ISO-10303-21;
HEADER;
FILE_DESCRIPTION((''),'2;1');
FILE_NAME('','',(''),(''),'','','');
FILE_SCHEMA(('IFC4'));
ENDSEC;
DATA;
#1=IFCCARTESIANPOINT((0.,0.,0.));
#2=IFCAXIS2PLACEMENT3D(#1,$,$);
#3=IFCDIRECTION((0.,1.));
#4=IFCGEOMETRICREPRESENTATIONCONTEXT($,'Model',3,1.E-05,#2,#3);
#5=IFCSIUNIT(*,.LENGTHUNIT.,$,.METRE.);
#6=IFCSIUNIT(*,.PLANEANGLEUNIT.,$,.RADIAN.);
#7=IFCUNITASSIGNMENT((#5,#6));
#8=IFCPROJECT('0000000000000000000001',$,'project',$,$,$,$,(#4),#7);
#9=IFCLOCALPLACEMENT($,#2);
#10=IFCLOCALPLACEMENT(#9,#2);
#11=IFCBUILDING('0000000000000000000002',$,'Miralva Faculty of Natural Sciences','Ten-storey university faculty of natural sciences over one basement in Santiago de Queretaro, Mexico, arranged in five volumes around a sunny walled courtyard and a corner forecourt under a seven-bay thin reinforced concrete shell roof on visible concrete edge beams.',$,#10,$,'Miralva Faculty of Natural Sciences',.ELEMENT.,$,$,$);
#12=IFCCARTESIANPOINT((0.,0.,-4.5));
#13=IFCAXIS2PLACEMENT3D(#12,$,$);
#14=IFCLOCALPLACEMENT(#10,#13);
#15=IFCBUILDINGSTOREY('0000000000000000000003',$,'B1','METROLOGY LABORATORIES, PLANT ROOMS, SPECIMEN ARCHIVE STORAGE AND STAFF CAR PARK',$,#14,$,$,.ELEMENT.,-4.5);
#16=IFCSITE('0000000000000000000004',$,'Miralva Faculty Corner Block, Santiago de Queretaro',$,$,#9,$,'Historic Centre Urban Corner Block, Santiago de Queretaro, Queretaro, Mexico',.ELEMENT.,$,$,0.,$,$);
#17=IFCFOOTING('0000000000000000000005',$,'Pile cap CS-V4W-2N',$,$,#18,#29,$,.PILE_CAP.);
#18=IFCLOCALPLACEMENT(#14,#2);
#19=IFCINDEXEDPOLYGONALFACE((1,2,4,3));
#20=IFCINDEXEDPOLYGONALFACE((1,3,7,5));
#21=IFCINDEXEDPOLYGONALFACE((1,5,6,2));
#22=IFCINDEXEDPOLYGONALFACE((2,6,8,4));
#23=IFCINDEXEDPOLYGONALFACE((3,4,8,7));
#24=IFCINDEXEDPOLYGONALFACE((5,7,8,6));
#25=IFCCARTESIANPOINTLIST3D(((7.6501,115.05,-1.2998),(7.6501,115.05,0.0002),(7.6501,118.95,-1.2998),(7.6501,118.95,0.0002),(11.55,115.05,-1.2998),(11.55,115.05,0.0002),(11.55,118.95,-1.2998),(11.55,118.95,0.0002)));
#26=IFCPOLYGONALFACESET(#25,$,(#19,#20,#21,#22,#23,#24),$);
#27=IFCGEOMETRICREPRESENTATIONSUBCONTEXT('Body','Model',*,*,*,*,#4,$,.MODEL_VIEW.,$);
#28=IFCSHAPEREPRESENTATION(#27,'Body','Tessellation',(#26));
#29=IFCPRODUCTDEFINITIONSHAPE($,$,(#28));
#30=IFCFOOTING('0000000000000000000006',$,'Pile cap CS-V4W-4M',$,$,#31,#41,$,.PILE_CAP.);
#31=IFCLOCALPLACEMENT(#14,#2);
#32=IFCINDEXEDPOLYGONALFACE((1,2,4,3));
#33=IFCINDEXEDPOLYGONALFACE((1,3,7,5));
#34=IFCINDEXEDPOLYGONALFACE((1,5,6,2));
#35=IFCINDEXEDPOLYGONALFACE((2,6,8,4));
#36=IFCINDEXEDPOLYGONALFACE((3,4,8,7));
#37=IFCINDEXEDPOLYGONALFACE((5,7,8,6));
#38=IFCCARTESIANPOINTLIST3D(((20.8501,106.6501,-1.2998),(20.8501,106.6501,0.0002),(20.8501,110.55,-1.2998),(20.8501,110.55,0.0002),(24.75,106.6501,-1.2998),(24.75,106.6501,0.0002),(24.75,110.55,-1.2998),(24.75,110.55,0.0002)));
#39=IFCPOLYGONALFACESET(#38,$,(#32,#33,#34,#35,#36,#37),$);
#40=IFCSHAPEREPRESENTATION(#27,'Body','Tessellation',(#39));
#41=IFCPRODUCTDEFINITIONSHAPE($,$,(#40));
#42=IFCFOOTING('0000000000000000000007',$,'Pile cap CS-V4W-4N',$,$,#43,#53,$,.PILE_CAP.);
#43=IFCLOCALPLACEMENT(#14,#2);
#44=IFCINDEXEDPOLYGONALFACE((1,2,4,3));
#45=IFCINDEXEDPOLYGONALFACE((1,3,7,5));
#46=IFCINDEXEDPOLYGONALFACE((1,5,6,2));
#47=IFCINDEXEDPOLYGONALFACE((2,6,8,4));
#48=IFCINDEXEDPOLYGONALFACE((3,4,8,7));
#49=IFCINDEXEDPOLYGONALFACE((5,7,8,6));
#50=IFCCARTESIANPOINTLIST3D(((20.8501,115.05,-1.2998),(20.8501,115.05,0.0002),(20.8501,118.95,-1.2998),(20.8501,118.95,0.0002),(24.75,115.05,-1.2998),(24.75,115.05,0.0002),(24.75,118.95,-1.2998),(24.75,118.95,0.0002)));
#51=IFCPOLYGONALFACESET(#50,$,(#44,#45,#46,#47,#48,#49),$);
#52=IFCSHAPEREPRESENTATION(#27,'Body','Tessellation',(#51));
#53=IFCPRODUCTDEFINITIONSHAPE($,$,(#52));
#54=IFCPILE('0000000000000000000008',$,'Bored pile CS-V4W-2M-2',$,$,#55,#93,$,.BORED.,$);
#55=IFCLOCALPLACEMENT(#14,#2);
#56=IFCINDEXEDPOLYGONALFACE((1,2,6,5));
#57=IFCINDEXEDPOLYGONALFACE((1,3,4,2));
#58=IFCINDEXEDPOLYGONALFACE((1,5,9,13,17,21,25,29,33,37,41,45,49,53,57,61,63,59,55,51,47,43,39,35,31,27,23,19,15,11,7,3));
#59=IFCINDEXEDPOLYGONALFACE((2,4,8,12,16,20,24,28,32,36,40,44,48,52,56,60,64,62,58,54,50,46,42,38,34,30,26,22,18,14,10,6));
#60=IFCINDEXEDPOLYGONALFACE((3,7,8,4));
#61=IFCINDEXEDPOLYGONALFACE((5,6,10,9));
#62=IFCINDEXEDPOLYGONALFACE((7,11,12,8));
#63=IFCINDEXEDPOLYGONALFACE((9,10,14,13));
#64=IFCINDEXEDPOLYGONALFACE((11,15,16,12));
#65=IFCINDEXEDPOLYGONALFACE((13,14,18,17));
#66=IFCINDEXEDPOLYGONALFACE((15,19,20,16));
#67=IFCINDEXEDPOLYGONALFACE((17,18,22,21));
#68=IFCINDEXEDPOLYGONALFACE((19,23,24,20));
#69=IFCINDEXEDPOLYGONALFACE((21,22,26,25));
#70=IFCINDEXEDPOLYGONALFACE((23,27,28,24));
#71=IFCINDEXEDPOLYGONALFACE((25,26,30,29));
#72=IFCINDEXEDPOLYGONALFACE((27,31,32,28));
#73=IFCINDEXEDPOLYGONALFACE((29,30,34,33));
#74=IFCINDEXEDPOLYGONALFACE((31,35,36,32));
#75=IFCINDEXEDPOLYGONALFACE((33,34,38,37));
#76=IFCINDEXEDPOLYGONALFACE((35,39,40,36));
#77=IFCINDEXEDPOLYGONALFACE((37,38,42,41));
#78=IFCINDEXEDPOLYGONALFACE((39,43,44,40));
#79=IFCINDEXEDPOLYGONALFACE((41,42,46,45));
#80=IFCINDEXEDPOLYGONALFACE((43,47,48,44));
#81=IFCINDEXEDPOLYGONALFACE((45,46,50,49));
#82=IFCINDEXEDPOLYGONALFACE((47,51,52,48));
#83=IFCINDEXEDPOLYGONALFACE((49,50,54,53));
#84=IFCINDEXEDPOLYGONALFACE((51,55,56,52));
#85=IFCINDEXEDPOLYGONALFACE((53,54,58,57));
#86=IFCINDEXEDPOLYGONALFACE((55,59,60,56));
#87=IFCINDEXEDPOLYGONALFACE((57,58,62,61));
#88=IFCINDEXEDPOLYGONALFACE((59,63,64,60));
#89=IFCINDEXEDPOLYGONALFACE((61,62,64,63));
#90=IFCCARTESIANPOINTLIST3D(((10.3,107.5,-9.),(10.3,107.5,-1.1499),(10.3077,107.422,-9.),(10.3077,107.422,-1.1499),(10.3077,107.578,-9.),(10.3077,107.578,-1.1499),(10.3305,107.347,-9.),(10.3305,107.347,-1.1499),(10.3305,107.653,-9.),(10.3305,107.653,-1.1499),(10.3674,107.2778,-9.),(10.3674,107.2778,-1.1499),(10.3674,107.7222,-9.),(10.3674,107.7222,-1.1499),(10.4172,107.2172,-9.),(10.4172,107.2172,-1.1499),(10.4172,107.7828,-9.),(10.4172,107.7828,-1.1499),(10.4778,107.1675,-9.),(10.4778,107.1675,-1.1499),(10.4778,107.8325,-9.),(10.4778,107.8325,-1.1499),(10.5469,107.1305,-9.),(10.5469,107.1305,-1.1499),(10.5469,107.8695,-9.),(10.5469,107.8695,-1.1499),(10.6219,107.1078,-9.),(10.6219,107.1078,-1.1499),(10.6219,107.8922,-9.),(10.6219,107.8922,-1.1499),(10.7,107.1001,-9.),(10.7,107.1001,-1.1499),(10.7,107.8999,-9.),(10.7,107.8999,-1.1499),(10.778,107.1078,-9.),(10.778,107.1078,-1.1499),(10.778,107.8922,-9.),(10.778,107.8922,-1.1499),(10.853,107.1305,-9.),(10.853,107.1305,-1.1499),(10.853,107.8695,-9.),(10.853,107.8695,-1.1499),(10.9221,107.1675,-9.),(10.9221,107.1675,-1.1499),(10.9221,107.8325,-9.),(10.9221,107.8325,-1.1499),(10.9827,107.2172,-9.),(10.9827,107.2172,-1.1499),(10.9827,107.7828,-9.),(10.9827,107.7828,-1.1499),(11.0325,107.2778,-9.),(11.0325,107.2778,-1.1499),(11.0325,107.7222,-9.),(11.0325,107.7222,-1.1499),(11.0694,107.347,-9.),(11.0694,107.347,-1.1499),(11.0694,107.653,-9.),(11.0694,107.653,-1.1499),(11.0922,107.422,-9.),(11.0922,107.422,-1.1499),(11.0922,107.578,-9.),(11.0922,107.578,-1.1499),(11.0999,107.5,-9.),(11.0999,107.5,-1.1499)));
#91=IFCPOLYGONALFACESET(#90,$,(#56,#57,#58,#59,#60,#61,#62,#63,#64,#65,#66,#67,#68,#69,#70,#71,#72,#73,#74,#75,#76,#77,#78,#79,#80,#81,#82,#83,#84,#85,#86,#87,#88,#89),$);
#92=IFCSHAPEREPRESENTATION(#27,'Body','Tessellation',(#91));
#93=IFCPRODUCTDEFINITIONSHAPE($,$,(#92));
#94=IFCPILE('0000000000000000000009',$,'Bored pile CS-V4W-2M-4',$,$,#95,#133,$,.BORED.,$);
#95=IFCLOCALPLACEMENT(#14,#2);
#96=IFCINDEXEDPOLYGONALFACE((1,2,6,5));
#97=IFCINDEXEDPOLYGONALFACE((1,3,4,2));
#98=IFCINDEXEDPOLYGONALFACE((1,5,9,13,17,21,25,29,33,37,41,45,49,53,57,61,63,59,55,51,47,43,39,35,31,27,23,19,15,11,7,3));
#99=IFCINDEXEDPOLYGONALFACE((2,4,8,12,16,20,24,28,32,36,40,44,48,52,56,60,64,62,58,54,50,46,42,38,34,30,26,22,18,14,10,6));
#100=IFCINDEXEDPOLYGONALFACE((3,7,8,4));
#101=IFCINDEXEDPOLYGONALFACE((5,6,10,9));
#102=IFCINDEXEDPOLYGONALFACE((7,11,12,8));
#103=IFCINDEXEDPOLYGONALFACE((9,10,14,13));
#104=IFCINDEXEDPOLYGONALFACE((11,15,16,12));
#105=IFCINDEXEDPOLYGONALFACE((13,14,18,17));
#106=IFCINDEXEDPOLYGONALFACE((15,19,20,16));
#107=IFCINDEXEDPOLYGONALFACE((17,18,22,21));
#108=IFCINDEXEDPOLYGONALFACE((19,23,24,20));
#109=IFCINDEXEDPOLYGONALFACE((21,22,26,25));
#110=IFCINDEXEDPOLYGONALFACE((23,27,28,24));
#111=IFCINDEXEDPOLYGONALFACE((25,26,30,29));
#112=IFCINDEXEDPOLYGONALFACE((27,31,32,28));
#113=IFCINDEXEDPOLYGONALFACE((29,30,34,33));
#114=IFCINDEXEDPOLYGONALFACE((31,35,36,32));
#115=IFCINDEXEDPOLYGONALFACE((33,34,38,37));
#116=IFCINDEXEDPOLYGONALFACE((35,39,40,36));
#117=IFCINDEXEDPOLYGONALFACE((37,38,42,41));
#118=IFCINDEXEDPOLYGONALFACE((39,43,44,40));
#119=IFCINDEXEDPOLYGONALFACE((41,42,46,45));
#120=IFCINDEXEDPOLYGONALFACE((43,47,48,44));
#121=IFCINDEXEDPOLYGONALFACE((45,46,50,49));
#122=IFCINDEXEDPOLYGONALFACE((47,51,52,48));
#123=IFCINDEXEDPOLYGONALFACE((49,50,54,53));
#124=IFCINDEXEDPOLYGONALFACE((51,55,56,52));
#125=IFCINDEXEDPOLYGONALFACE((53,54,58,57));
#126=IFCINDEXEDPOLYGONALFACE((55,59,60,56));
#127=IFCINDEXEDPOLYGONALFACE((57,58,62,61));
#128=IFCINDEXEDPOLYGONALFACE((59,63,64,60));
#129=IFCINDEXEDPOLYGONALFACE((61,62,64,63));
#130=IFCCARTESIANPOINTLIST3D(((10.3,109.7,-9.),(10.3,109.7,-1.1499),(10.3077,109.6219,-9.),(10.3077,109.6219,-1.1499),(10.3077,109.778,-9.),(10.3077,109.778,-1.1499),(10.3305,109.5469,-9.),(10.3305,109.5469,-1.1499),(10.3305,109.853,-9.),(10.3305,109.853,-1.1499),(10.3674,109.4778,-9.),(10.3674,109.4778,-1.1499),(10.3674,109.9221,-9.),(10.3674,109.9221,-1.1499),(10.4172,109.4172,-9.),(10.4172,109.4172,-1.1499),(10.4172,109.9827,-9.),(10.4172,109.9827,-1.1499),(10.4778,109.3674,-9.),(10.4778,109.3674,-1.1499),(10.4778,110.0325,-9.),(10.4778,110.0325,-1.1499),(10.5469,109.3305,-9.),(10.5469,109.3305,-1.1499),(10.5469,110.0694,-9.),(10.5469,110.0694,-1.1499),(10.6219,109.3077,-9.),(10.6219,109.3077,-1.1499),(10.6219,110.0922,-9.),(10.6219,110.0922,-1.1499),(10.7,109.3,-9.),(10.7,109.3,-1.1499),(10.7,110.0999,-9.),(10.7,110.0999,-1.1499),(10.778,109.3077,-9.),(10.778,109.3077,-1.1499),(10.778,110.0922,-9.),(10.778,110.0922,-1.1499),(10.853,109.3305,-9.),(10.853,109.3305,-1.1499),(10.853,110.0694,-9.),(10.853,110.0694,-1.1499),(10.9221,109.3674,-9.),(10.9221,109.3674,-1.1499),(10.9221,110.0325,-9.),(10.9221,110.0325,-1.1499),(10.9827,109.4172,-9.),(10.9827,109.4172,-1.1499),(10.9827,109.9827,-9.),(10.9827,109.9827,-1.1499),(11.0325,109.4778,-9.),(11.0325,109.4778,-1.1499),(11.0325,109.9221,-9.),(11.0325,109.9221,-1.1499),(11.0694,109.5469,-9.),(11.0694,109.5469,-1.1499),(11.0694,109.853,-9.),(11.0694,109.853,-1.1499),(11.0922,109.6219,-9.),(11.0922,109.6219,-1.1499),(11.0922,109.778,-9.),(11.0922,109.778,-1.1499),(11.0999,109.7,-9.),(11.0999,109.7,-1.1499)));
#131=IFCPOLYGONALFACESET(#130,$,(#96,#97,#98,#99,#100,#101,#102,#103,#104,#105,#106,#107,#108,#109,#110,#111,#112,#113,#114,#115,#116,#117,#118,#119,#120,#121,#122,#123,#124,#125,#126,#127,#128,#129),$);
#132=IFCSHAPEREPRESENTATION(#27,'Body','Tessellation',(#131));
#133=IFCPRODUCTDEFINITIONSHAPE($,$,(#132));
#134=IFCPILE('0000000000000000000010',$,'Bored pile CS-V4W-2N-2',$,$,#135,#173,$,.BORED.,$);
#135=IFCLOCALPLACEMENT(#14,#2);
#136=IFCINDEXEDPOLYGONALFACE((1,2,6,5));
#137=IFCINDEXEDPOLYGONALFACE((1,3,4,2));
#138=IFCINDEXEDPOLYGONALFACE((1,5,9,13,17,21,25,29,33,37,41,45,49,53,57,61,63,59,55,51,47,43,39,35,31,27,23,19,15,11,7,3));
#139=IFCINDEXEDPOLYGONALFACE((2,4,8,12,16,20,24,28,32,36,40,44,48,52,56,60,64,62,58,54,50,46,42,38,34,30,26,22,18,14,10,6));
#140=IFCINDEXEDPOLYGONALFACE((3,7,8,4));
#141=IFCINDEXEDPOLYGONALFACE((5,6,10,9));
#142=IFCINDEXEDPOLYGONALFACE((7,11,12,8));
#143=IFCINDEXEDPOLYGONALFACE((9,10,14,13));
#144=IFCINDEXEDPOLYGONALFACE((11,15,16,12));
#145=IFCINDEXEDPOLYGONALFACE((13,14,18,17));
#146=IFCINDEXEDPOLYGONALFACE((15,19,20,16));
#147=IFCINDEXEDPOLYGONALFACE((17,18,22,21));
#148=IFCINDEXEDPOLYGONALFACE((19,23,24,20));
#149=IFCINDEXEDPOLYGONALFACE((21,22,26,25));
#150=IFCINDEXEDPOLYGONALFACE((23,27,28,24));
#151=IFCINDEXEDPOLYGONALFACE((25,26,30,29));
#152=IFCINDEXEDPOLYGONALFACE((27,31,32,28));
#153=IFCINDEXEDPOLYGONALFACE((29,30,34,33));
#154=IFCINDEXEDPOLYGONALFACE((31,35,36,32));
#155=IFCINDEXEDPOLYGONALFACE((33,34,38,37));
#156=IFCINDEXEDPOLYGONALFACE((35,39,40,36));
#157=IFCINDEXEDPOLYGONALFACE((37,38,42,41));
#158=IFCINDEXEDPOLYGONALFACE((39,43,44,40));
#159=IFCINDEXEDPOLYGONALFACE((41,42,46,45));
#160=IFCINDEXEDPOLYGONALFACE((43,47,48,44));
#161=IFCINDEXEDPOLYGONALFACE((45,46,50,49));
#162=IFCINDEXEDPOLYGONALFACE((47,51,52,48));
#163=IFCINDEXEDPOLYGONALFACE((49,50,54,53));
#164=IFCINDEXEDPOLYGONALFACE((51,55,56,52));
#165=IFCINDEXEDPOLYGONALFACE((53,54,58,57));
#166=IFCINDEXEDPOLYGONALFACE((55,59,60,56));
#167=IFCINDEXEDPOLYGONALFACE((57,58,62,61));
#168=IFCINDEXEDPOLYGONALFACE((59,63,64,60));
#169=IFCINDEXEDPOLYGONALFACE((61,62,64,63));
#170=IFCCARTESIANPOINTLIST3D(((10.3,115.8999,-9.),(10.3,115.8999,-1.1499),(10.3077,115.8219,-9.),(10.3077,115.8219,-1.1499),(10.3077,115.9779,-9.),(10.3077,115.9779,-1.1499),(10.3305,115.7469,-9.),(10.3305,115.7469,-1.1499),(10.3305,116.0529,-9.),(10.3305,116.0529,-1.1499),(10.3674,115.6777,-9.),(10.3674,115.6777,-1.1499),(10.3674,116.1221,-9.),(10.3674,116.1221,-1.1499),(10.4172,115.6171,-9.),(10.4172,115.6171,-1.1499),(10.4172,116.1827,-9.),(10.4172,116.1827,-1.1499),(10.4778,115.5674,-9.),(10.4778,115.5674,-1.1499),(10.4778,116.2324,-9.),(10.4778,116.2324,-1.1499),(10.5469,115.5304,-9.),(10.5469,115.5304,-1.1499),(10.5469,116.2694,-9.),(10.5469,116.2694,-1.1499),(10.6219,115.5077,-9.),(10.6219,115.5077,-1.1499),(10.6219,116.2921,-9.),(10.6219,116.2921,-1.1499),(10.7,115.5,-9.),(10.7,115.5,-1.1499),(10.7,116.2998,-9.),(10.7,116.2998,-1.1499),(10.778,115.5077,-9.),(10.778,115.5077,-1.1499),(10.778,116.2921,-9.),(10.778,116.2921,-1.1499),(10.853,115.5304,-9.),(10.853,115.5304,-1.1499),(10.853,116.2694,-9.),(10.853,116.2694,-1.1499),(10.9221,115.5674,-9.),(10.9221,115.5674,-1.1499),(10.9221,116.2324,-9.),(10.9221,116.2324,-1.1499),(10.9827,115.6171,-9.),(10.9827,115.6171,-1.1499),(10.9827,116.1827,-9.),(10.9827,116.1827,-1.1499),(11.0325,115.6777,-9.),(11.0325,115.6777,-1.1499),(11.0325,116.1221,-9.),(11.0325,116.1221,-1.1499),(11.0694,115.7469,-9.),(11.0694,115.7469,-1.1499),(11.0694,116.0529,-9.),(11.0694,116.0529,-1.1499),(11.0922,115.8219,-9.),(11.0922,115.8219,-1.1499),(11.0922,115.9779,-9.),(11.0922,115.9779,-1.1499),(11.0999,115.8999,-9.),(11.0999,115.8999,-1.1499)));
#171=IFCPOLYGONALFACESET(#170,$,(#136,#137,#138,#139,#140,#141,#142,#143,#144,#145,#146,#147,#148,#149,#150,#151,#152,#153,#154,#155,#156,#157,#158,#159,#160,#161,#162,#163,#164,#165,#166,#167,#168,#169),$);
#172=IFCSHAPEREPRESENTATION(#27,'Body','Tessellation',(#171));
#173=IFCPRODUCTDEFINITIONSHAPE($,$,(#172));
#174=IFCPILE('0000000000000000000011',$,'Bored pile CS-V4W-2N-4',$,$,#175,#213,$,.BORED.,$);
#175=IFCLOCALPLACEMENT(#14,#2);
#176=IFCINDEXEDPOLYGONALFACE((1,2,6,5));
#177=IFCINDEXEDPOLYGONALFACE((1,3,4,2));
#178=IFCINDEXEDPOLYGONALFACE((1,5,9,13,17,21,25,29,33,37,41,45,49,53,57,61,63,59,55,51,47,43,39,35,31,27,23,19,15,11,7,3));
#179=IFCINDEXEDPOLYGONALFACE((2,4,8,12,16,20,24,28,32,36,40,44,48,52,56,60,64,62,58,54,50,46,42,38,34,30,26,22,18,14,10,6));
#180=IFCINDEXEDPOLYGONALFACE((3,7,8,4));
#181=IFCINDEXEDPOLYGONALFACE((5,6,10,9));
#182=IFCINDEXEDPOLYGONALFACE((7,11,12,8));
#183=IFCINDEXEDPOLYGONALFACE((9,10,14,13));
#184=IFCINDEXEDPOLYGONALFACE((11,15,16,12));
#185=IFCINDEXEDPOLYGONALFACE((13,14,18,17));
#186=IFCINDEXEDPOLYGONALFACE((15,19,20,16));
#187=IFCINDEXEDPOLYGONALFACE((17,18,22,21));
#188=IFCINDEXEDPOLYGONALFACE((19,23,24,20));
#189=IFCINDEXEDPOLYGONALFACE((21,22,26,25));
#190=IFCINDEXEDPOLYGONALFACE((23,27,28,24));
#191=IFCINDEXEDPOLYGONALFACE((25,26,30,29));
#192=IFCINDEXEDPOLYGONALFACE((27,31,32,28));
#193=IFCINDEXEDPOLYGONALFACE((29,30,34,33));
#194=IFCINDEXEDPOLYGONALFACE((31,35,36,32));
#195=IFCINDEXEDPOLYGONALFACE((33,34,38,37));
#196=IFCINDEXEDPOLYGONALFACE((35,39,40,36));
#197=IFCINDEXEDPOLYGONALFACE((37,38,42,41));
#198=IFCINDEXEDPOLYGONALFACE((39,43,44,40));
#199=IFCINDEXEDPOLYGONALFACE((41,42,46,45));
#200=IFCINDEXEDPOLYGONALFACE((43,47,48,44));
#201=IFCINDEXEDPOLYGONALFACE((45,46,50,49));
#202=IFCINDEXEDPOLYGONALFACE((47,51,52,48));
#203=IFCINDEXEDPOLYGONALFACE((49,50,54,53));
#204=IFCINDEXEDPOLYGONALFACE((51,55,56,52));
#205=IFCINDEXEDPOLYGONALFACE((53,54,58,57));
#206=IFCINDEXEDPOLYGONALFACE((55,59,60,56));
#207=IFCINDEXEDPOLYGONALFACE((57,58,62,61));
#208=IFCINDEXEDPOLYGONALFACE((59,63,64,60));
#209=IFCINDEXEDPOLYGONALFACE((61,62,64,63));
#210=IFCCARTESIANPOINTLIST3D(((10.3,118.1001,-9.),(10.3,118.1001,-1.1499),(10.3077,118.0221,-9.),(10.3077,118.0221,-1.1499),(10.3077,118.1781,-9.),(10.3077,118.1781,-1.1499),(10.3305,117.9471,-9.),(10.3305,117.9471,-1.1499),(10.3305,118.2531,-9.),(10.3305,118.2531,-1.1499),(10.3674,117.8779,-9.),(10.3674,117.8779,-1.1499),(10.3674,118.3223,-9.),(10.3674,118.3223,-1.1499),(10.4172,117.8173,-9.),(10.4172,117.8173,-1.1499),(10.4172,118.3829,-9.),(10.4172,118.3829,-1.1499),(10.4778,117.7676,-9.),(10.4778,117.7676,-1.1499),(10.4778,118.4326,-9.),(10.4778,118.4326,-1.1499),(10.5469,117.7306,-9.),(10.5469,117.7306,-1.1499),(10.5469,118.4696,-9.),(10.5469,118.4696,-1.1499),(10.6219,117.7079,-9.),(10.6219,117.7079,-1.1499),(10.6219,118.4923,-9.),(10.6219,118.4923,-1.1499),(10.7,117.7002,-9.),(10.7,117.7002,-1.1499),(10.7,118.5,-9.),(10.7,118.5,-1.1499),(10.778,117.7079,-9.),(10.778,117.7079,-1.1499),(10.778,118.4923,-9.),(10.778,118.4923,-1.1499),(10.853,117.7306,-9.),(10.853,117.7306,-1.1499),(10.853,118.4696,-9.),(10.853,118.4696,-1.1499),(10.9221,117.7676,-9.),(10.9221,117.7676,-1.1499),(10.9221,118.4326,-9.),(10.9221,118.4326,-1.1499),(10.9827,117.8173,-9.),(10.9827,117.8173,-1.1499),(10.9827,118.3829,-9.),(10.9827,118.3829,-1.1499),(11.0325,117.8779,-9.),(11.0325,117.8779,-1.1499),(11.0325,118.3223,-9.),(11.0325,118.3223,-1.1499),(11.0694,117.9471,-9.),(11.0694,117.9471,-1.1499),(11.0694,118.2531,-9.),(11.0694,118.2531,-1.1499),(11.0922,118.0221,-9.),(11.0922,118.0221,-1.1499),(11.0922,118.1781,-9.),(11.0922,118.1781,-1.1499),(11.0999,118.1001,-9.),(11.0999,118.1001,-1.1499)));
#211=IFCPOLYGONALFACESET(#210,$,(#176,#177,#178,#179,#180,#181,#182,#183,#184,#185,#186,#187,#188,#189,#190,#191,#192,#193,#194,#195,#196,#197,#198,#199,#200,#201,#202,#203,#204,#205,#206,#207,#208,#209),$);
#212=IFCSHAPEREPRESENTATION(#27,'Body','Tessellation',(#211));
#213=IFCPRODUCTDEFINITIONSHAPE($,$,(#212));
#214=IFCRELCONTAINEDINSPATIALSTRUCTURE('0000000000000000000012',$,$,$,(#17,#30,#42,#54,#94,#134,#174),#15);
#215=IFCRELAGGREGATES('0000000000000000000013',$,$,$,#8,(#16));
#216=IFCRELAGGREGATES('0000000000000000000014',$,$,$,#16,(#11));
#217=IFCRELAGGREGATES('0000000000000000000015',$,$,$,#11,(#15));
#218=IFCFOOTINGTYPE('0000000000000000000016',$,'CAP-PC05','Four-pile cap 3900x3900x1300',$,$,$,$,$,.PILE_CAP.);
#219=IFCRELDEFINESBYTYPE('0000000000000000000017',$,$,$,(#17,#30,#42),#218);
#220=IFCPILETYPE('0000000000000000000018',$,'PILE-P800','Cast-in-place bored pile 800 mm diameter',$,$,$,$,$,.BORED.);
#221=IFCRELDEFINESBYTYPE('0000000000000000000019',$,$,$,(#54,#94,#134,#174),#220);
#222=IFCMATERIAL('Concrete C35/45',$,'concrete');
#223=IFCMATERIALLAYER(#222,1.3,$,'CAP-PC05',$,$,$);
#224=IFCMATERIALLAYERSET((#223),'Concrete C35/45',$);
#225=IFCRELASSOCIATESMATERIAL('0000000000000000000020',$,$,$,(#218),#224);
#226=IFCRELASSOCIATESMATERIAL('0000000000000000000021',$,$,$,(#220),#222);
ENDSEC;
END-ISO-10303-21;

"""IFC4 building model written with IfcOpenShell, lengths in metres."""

from ifc_helpers import new_model, si_unit, direction, frame, origin, origin_2d, place, context, subcontext, project, spatial, rectangle, circle, extrude, material, layer, layer_set, material_profile, profile_set, type_object, element, save


model = new_model("IFC4")

# Units and contexts
model_context = context("Model", 3, precision=1e-05, world=origin(), true_north=direction((0.0, 1.0)))
body_context = subcontext(model_context, "Body", "Model", "MODEL_VIEW")
ifc_project = project(units=[si_unit("LENGTHUNIT", "METRE"), si_unit("PLANEANGLEUNIT", "RADIAN")], contexts=[model_context])

# Site, building, storey
site_placement = place(None, origin())
site = spatial("IfcSite", under=ifc_project, at=site_placement, Name="Miralva Faculty Corner Block, Santiago de Queretaro", LongName="Historic Centre Urban Corner Block, Santiago de Queretaro, Queretaro, Mexico", CompositionType="ELEMENT", RefElevation=0.0)
building_placement = place(site_placement, origin())
building = spatial("IfcBuilding", under=site, at=building_placement, Name="Miralva Faculty of Natural Sciences", Description="Ten-storey university faculty of natural sciences over one basement in Santiago de Queretaro, Mexico, arranged in five volumes around a sunny walled courtyard and a corner forecourt under a seven-bay thin reinforced concrete shell roof on visible concrete edge beams.", LongName="Miralva Faculty of Natural Sciences", CompositionType="ELEMENT")
storey_placement = place(building_placement, frame((0.0, 0.0, -4.5)))
storey = spatial("IfcBuildingStorey", under=building, at=storey_placement, Name="B1", Description="METROLOGY LABORATORIES, PLANT ROOMS, SPECIMEN ARCHIVE STORAGE AND STAFF CAR PARK", CompositionType="ELEMENT", Elevation=-4.5)

# Footings
ifc_material_1 = material(Name="Concrete C35/45", Category="concrete")
ifc_layer = layer(ifc_material_1, 1.3, Name="CAP-PC05")
ifc_layer_set = layer_set([ifc_layer], Name="Concrete C35/45")
footing_type_1 = type_object("IfcFootingType", Name="CAP-PC05", Description="Four-pile cap 3900x3900x1300", PredefinedType="PILE_CAP", material=ifc_layer_set)
for number, where, z_axis, x_axis, name in (
    (1, (9.6001, 117.0, -1.2998), (0.0, 0.0, 1.0), (1.0, 0.0, 0.0), "Pile cap CS-V4W-2N"),
    (2, (22.8, 108.6001, -1.2998), (0.0, 0.0, 1.0), (1.0, 0.0, 0.0), "Pile cap CS-V4W-4M"),
    (3, (22.8, 117.0, -1.2998), (0.0, 0.0, 1.0), (1.0, 0.0, 0.0), "Pile cap CS-V4W-4N"),
):
    element("IfcFooting", number, at=place(storey_placement, frame(where, z_axis=z_axis, x_axis=x_axis)), inside=storey, type_object=footing_type_1, Name=name, PredefinedType="PILE_CAP", context=body_context, shape_type="SweptSolid", body=[
        extrude(rectangle(XDim=3.8999, YDim=3.8999, at=origin_2d()), origin(), (0.0, 0.0, 1.0), 1.3),
    ])

# Piles
ifc_material_profile_1 = material_profile(ifc_material_1, circle(Radius=0.3999, at=origin_2d()), Name="BORED PILE 800")
ifc_profile_set_1 = profile_set([ifc_material_profile_1], Name="Concrete C35/45")
pile_type = type_object("IfcPileType", Name="PILE-P800", Description="Cast-in-place bored pile 800 mm diameter", PredefinedType="BORED", material=ifc_profile_set_1)
for number, where, z_axis, x_axis, name in (
    (4, (10.7, 107.5, -1.1499), (0.0, 0.0, -1.0), (1.0, 0.0, 0.0), "Bored pile CS-V4W-2M-2"),
    (5, (10.7, 109.7, -1.1499), (0.0, 0.0, -1.0), (1.0, 0.0, 0.0), "Bored pile CS-V4W-2M-4"),
    (6, (10.7, 115.8999, -1.1499), (0.0, 0.0, -1.0), (1.0, 0.0, 0.0), "Bored pile CS-V4W-2N-2"),
    (7, (10.7, 118.1001, -1.1499), (0.0, 0.0, -1.0), (1.0, 0.0, 0.0), "Bored pile CS-V4W-2N-4"),
):
    element("IfcPile", number, at=place(storey_placement, frame(where, z_axis=z_axis, x_axis=x_axis)), inside=storey, type_object=pile_type, Name=name, PredefinedType="BORED", context=body_context, shape_type="SweptSolid", body=[
        extrude(circle(Radius=0.3999, at=origin_2d()), origin(), (0.0, 0.0, 1.0), 7.8501),
    ])

save(model, "model.ifc")
